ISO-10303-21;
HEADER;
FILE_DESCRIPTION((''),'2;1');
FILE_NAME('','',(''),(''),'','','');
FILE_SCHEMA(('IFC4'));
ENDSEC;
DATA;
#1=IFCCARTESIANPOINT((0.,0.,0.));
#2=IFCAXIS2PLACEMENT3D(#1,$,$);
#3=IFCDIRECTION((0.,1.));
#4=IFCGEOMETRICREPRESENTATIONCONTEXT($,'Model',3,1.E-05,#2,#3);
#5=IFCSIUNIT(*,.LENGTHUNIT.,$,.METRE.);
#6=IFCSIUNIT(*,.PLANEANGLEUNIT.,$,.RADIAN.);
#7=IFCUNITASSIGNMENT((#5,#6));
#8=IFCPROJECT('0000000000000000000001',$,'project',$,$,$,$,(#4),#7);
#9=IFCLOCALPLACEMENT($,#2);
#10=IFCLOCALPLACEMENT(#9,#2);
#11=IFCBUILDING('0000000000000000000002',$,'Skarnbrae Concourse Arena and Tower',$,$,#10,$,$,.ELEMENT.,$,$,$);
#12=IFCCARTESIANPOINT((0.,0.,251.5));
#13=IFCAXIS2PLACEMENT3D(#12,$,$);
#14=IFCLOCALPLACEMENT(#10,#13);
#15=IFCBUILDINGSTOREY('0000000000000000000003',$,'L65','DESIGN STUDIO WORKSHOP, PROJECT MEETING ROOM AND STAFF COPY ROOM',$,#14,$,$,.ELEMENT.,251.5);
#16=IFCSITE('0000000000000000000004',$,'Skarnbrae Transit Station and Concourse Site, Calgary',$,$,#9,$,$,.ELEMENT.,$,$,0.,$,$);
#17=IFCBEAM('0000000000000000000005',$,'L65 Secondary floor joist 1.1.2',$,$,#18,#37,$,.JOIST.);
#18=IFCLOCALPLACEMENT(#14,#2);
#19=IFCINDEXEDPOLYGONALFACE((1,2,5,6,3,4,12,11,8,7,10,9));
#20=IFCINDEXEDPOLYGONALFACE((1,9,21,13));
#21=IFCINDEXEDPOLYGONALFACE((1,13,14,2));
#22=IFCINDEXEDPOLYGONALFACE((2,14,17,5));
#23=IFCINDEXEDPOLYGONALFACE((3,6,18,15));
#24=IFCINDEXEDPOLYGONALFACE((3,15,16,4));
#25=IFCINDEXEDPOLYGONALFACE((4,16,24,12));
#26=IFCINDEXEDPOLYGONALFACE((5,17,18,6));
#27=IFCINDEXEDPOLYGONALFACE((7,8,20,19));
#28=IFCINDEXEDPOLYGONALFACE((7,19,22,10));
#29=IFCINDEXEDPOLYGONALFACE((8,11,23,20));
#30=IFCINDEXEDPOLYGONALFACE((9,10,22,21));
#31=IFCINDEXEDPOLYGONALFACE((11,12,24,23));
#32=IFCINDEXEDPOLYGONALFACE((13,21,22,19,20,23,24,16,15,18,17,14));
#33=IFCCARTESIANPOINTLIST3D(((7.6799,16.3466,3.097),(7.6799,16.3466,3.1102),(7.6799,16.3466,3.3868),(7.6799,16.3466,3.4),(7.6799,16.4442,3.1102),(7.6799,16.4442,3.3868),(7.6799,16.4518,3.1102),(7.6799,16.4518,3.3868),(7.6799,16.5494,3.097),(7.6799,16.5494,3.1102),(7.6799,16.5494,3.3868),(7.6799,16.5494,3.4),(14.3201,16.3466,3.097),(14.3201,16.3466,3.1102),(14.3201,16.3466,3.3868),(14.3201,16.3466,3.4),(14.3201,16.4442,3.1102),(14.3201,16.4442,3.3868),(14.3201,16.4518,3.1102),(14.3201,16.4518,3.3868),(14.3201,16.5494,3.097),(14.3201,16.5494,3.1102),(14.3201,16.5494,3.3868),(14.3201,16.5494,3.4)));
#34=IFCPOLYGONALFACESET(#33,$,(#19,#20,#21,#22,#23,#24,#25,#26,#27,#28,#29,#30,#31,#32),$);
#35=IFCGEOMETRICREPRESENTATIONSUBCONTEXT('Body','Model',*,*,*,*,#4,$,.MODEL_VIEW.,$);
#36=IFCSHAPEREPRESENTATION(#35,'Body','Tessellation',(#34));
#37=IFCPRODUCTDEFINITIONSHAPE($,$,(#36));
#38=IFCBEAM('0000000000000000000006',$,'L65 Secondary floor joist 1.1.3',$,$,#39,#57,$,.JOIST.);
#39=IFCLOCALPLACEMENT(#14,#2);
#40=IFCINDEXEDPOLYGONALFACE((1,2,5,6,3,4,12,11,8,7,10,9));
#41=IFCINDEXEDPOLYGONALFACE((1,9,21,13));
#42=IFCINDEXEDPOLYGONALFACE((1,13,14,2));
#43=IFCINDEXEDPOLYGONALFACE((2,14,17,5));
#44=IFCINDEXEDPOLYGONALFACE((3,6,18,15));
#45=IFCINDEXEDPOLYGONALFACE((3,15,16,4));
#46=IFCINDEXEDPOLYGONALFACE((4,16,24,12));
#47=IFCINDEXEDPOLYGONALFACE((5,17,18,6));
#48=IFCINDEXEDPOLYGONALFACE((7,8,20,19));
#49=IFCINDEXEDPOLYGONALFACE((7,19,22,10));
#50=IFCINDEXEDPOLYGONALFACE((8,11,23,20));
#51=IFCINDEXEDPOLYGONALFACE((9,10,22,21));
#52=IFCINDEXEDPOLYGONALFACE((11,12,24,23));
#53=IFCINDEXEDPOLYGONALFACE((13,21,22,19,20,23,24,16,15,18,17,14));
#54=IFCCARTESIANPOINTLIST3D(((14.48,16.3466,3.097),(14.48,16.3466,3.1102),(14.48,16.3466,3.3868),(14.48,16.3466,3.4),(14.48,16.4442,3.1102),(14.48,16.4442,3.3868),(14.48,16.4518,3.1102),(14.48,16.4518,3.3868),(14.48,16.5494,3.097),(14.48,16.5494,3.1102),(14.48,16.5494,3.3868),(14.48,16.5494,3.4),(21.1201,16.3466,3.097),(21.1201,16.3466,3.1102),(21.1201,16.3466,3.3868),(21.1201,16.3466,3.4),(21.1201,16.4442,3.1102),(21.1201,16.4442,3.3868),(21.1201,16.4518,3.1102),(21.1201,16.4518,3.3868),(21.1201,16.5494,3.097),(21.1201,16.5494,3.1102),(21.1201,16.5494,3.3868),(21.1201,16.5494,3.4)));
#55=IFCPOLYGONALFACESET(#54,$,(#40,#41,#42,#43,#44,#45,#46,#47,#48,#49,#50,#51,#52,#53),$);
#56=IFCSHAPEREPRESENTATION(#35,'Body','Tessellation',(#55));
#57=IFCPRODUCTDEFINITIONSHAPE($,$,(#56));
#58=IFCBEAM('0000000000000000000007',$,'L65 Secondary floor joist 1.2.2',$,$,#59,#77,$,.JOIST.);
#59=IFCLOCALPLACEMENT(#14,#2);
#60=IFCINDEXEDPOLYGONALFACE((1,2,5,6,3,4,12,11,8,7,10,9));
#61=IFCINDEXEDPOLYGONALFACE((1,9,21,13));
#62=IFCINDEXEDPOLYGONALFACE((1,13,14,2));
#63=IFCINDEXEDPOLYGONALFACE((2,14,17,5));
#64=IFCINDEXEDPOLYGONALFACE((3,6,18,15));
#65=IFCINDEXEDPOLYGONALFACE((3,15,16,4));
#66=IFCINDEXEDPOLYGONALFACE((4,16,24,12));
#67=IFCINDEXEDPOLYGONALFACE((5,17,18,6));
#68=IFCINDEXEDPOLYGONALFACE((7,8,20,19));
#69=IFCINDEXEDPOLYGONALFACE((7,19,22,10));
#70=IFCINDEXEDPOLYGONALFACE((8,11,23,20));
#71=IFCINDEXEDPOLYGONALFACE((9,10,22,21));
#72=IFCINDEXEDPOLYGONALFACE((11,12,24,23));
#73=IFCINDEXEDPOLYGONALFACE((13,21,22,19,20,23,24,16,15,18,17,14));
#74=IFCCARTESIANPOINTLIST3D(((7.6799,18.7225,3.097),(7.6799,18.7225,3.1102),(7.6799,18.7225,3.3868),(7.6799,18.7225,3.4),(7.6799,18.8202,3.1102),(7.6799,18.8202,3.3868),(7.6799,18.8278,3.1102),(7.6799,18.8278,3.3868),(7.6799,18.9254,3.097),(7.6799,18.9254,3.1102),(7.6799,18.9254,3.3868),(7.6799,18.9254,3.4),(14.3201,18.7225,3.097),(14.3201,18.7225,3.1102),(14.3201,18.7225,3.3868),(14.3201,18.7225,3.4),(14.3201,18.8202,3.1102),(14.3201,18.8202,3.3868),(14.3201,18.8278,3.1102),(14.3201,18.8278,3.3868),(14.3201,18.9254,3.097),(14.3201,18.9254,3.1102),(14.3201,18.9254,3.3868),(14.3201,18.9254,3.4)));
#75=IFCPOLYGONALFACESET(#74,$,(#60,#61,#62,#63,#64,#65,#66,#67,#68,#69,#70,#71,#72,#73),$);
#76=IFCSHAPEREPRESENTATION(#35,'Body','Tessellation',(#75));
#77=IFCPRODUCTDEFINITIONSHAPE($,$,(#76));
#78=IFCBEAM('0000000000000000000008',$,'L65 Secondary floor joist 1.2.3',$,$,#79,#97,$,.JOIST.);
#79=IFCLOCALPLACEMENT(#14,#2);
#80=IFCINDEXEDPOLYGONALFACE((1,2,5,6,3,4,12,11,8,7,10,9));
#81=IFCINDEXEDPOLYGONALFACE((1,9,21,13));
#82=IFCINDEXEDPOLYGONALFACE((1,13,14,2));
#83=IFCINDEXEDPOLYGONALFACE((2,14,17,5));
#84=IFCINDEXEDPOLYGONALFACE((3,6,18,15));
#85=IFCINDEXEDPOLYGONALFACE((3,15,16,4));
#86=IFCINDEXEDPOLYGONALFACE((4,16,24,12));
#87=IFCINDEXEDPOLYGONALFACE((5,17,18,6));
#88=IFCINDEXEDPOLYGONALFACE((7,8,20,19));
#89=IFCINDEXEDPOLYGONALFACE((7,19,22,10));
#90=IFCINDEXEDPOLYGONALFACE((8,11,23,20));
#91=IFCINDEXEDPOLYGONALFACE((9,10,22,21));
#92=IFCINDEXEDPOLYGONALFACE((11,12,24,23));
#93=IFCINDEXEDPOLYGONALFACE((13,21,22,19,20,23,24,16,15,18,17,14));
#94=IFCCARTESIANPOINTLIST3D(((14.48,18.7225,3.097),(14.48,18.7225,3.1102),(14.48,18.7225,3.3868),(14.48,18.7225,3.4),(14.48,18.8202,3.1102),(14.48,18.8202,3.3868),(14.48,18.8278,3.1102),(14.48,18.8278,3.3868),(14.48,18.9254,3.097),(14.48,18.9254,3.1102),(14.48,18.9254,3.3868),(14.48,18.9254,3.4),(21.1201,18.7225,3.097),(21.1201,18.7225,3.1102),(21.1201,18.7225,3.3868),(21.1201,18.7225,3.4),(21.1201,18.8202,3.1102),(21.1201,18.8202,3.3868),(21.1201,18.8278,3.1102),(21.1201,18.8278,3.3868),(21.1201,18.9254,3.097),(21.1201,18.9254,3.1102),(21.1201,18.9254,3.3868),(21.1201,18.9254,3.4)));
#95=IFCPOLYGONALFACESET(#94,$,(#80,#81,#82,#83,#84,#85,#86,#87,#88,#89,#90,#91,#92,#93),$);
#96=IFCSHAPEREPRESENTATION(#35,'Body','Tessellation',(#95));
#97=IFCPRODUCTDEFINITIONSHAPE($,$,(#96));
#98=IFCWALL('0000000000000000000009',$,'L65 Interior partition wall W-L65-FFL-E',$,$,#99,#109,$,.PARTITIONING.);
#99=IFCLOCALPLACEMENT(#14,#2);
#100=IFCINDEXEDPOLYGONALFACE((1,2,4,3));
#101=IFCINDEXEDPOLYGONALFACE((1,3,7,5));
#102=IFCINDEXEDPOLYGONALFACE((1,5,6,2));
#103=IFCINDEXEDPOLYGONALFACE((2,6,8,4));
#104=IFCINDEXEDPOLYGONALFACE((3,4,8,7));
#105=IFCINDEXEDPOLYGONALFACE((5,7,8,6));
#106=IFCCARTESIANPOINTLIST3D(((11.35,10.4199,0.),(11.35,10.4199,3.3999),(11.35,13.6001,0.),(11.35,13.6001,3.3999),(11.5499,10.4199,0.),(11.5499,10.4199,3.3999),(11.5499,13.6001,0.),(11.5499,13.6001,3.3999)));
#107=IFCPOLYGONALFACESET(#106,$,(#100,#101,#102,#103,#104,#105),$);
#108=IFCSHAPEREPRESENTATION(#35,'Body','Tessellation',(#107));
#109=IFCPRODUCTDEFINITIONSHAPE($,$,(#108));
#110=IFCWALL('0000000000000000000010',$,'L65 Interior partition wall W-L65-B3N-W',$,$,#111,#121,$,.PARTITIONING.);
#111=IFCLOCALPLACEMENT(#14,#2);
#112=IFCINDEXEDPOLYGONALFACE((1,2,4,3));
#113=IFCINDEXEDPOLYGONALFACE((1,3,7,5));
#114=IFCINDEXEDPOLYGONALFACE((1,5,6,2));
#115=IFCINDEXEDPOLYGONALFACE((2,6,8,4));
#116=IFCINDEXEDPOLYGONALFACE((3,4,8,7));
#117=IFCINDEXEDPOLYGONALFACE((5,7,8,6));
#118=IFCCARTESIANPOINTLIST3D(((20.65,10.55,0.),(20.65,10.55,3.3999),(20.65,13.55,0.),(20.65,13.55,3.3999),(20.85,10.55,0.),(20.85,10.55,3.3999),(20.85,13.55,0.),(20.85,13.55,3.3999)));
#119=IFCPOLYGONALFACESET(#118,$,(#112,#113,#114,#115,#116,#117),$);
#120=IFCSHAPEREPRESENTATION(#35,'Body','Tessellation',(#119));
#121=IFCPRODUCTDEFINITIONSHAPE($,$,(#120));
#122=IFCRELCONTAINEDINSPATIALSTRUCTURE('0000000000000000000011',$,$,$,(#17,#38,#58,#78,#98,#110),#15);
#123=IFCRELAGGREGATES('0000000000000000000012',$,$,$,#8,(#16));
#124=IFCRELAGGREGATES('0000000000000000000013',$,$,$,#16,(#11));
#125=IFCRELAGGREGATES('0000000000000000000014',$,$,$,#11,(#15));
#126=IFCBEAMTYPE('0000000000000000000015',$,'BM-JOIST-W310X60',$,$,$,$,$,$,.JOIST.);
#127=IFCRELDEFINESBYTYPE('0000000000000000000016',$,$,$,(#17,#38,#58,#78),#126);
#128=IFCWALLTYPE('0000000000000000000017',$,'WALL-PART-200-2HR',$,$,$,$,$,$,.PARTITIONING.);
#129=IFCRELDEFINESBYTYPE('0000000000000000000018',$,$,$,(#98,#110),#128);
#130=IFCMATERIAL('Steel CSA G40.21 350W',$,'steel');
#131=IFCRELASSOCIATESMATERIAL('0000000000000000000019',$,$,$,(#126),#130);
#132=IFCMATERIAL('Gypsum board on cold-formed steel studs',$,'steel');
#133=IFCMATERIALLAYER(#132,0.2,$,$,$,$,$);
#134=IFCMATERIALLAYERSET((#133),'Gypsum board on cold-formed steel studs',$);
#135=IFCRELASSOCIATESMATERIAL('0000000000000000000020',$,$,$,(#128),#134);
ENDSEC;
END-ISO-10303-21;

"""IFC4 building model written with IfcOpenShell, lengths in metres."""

from ifc_helpers import new_model, si_unit, direction, frame, frame_2d, origin, origin_2d, place, context, subcontext, project, spatial, rectangle, i_section, extrude, source, transform, mapped, material, layer, layer_set, material_profile, profile_set, type_object, element, save


model = new_model("IFC4")

# Units and contexts
model_context = context("Model", 3, precision=1e-05, world=origin(), true_north=direction((0.0, 1.0)))
body_context = subcontext(model_context, "Body", "Model", "MODEL_VIEW")
ifc_project = project(units=[si_unit("LENGTHUNIT", "METRE"), si_unit("PLANEANGLEUNIT", "RADIAN")], contexts=[model_context])

# Site, building, storey
site_placement = place(None, origin())
site = spatial("IfcSite", under=ifc_project, at=site_placement, Name="Skarnbrae Transit Station and Concourse Site, Calgary", CompositionType="ELEMENT", RefElevation=0.0)
building_placement = place(site_placement, origin())
building = spatial("IfcBuilding", under=site, at=building_placement, Name="Skarnbrae Concourse Arena and Tower", CompositionType="ELEMENT")
storey_placement = place(building_placement, frame((0.0, 0.0, 251.5)))
storey = spatial("IfcBuildingStorey", under=building, at=storey_placement, Name="L65", Description="DESIGN STUDIO WORKSHOP, PROJECT MEETING ROOM AND STAFF COPY ROOM", CompositionType="ELEMENT", Elevation=251.5)

# Shared definitions
ifc_material_1 = material(Name="Steel CSA G40.21 350W", Category="steel")

# Beams
ifc_material_profile_1 = material_profile(ifc_material_1, i_section(OverallWidth=0.2029, OverallDepth=0.303, WebThickness=0.0076, FlangeThickness=0.0132, at=origin_2d()), Name="W310X60")
ifc_profile_set_1 = profile_set([ifc_material_profile_1], Name="Steel CSA G40.21 350W")
beam_type_1 = type_object("IfcBeamType", Name="BM-JOIST-W310X60", PredefinedType="JOIST", material=ifc_profile_set_1)
shared_shape_1 = source(origin(), body_context, "Body", "SweptSolid", [
    extrude(i_section(OverallWidth=0.2029, OverallDepth=0.303, WebThickness=0.0076, FlangeThickness=0.0132, at=origin_2d()), origin(), (0.0, 0.0, 1.0), 6.6401),
])
for number, where, z_axis, x_axis, name in (
    (1, (7.6799, 16.448, 3.2485), (1.0, 0.0, 0.0), (0.0, 1.0, 0.0), "L65 Secondary floor joist 1.1.2"),
    (2, (14.48, 16.448, 3.2485), (1.0, 0.0, 0.0), (0.0, 1.0, 0.0), "L65 Secondary floor joist 1.1.3"),
    (3, (7.6799, 18.824, 3.2485), (1.0, 0.0, 0.0), (0.0, 1.0, 0.0), "L65 Secondary floor joist 1.2.2"),
    (4, (14.48, 18.824, 3.2485), (1.0, 0.0, 0.0), (0.0, 1.0, 0.0), "L65 Secondary floor joist 1.2.3"),
):
    element("IfcBeam", number, at=place(storey_placement, frame(where, z_axis=z_axis, x_axis=x_axis)), inside=storey, type_object=beam_type_1, Name=name, PredefinedType="JOIST", context=body_context, shape_type="MappedRepresentation", body=[
        mapped(shared_shape_1, transform((0.0, 0.0, 0.0))),
    ])

# Wall
ifc_material_2 = material(Name="Gypsum board on cold-formed steel studs", Category="steel")
ifc_layer_1 = layer(ifc_material_2, 0.2)
ifc_layer_set_1 = layer_set([ifc_layer_1], Name="Gypsum board on cold-formed steel studs")
wall_type_1 = type_object("IfcWallType", Name="WALL-PART-200-2HR", PredefinedType="PARTITIONING", material=ifc_layer_set_1)
shared_shape_2 = source(origin(), body_context, "Body", "SweptSolid", [
    extrude(rectangle(XDim=3.1802, YDim=0.2, at=frame_2d((1.5901, 0.0))), origin(), (0.0, 0.0, 1.0), 3.3999),
])
wall_1_placement = place(storey_placement, frame((11.45, 10.4199, 0.0), z_axis=(0.0, 0.0, 1.0), x_axis=(0.0, 1.0, 0.0)))
element("IfcWall", 5, at=wall_1_placement, inside=storey, type_object=wall_type_1, Name="L65 Interior partition wall W-L65-FFL-E", PredefinedType="PARTITIONING", context=body_context, shape_type="MappedRepresentation", body=[
    mapped(shared_shape_2, transform((0.0, 0.0, 0.0))),
])

# Wall
shared_shape_3 = source(origin(), body_context, "Body", "SweptSolid", [
    extrude(rectangle(XDim=3.0, YDim=0.2, at=frame_2d((1.5, 0.0))), origin(), (0.0, 0.0, 1.0), 3.3999),
])
wall_2_placement = place(storey_placement, frame((20.75, 10.55, 0.0), z_axis=(0.0, 0.0, 1.0), x_axis=(0.0, 1.0, 0.0)))
element("IfcWall", 6, at=wall_2_placement, inside=storey, type_object=wall_type_1, Name="L65 Interior partition wall W-L65-B3N-W", PredefinedType="PARTITIONING", context=body_context, shape_type="MappedRepresentation", body=[
    mapped(shared_shape_3, transform((0.0, 0.0, 0.0))),
])

save(model, "model.ifc")
